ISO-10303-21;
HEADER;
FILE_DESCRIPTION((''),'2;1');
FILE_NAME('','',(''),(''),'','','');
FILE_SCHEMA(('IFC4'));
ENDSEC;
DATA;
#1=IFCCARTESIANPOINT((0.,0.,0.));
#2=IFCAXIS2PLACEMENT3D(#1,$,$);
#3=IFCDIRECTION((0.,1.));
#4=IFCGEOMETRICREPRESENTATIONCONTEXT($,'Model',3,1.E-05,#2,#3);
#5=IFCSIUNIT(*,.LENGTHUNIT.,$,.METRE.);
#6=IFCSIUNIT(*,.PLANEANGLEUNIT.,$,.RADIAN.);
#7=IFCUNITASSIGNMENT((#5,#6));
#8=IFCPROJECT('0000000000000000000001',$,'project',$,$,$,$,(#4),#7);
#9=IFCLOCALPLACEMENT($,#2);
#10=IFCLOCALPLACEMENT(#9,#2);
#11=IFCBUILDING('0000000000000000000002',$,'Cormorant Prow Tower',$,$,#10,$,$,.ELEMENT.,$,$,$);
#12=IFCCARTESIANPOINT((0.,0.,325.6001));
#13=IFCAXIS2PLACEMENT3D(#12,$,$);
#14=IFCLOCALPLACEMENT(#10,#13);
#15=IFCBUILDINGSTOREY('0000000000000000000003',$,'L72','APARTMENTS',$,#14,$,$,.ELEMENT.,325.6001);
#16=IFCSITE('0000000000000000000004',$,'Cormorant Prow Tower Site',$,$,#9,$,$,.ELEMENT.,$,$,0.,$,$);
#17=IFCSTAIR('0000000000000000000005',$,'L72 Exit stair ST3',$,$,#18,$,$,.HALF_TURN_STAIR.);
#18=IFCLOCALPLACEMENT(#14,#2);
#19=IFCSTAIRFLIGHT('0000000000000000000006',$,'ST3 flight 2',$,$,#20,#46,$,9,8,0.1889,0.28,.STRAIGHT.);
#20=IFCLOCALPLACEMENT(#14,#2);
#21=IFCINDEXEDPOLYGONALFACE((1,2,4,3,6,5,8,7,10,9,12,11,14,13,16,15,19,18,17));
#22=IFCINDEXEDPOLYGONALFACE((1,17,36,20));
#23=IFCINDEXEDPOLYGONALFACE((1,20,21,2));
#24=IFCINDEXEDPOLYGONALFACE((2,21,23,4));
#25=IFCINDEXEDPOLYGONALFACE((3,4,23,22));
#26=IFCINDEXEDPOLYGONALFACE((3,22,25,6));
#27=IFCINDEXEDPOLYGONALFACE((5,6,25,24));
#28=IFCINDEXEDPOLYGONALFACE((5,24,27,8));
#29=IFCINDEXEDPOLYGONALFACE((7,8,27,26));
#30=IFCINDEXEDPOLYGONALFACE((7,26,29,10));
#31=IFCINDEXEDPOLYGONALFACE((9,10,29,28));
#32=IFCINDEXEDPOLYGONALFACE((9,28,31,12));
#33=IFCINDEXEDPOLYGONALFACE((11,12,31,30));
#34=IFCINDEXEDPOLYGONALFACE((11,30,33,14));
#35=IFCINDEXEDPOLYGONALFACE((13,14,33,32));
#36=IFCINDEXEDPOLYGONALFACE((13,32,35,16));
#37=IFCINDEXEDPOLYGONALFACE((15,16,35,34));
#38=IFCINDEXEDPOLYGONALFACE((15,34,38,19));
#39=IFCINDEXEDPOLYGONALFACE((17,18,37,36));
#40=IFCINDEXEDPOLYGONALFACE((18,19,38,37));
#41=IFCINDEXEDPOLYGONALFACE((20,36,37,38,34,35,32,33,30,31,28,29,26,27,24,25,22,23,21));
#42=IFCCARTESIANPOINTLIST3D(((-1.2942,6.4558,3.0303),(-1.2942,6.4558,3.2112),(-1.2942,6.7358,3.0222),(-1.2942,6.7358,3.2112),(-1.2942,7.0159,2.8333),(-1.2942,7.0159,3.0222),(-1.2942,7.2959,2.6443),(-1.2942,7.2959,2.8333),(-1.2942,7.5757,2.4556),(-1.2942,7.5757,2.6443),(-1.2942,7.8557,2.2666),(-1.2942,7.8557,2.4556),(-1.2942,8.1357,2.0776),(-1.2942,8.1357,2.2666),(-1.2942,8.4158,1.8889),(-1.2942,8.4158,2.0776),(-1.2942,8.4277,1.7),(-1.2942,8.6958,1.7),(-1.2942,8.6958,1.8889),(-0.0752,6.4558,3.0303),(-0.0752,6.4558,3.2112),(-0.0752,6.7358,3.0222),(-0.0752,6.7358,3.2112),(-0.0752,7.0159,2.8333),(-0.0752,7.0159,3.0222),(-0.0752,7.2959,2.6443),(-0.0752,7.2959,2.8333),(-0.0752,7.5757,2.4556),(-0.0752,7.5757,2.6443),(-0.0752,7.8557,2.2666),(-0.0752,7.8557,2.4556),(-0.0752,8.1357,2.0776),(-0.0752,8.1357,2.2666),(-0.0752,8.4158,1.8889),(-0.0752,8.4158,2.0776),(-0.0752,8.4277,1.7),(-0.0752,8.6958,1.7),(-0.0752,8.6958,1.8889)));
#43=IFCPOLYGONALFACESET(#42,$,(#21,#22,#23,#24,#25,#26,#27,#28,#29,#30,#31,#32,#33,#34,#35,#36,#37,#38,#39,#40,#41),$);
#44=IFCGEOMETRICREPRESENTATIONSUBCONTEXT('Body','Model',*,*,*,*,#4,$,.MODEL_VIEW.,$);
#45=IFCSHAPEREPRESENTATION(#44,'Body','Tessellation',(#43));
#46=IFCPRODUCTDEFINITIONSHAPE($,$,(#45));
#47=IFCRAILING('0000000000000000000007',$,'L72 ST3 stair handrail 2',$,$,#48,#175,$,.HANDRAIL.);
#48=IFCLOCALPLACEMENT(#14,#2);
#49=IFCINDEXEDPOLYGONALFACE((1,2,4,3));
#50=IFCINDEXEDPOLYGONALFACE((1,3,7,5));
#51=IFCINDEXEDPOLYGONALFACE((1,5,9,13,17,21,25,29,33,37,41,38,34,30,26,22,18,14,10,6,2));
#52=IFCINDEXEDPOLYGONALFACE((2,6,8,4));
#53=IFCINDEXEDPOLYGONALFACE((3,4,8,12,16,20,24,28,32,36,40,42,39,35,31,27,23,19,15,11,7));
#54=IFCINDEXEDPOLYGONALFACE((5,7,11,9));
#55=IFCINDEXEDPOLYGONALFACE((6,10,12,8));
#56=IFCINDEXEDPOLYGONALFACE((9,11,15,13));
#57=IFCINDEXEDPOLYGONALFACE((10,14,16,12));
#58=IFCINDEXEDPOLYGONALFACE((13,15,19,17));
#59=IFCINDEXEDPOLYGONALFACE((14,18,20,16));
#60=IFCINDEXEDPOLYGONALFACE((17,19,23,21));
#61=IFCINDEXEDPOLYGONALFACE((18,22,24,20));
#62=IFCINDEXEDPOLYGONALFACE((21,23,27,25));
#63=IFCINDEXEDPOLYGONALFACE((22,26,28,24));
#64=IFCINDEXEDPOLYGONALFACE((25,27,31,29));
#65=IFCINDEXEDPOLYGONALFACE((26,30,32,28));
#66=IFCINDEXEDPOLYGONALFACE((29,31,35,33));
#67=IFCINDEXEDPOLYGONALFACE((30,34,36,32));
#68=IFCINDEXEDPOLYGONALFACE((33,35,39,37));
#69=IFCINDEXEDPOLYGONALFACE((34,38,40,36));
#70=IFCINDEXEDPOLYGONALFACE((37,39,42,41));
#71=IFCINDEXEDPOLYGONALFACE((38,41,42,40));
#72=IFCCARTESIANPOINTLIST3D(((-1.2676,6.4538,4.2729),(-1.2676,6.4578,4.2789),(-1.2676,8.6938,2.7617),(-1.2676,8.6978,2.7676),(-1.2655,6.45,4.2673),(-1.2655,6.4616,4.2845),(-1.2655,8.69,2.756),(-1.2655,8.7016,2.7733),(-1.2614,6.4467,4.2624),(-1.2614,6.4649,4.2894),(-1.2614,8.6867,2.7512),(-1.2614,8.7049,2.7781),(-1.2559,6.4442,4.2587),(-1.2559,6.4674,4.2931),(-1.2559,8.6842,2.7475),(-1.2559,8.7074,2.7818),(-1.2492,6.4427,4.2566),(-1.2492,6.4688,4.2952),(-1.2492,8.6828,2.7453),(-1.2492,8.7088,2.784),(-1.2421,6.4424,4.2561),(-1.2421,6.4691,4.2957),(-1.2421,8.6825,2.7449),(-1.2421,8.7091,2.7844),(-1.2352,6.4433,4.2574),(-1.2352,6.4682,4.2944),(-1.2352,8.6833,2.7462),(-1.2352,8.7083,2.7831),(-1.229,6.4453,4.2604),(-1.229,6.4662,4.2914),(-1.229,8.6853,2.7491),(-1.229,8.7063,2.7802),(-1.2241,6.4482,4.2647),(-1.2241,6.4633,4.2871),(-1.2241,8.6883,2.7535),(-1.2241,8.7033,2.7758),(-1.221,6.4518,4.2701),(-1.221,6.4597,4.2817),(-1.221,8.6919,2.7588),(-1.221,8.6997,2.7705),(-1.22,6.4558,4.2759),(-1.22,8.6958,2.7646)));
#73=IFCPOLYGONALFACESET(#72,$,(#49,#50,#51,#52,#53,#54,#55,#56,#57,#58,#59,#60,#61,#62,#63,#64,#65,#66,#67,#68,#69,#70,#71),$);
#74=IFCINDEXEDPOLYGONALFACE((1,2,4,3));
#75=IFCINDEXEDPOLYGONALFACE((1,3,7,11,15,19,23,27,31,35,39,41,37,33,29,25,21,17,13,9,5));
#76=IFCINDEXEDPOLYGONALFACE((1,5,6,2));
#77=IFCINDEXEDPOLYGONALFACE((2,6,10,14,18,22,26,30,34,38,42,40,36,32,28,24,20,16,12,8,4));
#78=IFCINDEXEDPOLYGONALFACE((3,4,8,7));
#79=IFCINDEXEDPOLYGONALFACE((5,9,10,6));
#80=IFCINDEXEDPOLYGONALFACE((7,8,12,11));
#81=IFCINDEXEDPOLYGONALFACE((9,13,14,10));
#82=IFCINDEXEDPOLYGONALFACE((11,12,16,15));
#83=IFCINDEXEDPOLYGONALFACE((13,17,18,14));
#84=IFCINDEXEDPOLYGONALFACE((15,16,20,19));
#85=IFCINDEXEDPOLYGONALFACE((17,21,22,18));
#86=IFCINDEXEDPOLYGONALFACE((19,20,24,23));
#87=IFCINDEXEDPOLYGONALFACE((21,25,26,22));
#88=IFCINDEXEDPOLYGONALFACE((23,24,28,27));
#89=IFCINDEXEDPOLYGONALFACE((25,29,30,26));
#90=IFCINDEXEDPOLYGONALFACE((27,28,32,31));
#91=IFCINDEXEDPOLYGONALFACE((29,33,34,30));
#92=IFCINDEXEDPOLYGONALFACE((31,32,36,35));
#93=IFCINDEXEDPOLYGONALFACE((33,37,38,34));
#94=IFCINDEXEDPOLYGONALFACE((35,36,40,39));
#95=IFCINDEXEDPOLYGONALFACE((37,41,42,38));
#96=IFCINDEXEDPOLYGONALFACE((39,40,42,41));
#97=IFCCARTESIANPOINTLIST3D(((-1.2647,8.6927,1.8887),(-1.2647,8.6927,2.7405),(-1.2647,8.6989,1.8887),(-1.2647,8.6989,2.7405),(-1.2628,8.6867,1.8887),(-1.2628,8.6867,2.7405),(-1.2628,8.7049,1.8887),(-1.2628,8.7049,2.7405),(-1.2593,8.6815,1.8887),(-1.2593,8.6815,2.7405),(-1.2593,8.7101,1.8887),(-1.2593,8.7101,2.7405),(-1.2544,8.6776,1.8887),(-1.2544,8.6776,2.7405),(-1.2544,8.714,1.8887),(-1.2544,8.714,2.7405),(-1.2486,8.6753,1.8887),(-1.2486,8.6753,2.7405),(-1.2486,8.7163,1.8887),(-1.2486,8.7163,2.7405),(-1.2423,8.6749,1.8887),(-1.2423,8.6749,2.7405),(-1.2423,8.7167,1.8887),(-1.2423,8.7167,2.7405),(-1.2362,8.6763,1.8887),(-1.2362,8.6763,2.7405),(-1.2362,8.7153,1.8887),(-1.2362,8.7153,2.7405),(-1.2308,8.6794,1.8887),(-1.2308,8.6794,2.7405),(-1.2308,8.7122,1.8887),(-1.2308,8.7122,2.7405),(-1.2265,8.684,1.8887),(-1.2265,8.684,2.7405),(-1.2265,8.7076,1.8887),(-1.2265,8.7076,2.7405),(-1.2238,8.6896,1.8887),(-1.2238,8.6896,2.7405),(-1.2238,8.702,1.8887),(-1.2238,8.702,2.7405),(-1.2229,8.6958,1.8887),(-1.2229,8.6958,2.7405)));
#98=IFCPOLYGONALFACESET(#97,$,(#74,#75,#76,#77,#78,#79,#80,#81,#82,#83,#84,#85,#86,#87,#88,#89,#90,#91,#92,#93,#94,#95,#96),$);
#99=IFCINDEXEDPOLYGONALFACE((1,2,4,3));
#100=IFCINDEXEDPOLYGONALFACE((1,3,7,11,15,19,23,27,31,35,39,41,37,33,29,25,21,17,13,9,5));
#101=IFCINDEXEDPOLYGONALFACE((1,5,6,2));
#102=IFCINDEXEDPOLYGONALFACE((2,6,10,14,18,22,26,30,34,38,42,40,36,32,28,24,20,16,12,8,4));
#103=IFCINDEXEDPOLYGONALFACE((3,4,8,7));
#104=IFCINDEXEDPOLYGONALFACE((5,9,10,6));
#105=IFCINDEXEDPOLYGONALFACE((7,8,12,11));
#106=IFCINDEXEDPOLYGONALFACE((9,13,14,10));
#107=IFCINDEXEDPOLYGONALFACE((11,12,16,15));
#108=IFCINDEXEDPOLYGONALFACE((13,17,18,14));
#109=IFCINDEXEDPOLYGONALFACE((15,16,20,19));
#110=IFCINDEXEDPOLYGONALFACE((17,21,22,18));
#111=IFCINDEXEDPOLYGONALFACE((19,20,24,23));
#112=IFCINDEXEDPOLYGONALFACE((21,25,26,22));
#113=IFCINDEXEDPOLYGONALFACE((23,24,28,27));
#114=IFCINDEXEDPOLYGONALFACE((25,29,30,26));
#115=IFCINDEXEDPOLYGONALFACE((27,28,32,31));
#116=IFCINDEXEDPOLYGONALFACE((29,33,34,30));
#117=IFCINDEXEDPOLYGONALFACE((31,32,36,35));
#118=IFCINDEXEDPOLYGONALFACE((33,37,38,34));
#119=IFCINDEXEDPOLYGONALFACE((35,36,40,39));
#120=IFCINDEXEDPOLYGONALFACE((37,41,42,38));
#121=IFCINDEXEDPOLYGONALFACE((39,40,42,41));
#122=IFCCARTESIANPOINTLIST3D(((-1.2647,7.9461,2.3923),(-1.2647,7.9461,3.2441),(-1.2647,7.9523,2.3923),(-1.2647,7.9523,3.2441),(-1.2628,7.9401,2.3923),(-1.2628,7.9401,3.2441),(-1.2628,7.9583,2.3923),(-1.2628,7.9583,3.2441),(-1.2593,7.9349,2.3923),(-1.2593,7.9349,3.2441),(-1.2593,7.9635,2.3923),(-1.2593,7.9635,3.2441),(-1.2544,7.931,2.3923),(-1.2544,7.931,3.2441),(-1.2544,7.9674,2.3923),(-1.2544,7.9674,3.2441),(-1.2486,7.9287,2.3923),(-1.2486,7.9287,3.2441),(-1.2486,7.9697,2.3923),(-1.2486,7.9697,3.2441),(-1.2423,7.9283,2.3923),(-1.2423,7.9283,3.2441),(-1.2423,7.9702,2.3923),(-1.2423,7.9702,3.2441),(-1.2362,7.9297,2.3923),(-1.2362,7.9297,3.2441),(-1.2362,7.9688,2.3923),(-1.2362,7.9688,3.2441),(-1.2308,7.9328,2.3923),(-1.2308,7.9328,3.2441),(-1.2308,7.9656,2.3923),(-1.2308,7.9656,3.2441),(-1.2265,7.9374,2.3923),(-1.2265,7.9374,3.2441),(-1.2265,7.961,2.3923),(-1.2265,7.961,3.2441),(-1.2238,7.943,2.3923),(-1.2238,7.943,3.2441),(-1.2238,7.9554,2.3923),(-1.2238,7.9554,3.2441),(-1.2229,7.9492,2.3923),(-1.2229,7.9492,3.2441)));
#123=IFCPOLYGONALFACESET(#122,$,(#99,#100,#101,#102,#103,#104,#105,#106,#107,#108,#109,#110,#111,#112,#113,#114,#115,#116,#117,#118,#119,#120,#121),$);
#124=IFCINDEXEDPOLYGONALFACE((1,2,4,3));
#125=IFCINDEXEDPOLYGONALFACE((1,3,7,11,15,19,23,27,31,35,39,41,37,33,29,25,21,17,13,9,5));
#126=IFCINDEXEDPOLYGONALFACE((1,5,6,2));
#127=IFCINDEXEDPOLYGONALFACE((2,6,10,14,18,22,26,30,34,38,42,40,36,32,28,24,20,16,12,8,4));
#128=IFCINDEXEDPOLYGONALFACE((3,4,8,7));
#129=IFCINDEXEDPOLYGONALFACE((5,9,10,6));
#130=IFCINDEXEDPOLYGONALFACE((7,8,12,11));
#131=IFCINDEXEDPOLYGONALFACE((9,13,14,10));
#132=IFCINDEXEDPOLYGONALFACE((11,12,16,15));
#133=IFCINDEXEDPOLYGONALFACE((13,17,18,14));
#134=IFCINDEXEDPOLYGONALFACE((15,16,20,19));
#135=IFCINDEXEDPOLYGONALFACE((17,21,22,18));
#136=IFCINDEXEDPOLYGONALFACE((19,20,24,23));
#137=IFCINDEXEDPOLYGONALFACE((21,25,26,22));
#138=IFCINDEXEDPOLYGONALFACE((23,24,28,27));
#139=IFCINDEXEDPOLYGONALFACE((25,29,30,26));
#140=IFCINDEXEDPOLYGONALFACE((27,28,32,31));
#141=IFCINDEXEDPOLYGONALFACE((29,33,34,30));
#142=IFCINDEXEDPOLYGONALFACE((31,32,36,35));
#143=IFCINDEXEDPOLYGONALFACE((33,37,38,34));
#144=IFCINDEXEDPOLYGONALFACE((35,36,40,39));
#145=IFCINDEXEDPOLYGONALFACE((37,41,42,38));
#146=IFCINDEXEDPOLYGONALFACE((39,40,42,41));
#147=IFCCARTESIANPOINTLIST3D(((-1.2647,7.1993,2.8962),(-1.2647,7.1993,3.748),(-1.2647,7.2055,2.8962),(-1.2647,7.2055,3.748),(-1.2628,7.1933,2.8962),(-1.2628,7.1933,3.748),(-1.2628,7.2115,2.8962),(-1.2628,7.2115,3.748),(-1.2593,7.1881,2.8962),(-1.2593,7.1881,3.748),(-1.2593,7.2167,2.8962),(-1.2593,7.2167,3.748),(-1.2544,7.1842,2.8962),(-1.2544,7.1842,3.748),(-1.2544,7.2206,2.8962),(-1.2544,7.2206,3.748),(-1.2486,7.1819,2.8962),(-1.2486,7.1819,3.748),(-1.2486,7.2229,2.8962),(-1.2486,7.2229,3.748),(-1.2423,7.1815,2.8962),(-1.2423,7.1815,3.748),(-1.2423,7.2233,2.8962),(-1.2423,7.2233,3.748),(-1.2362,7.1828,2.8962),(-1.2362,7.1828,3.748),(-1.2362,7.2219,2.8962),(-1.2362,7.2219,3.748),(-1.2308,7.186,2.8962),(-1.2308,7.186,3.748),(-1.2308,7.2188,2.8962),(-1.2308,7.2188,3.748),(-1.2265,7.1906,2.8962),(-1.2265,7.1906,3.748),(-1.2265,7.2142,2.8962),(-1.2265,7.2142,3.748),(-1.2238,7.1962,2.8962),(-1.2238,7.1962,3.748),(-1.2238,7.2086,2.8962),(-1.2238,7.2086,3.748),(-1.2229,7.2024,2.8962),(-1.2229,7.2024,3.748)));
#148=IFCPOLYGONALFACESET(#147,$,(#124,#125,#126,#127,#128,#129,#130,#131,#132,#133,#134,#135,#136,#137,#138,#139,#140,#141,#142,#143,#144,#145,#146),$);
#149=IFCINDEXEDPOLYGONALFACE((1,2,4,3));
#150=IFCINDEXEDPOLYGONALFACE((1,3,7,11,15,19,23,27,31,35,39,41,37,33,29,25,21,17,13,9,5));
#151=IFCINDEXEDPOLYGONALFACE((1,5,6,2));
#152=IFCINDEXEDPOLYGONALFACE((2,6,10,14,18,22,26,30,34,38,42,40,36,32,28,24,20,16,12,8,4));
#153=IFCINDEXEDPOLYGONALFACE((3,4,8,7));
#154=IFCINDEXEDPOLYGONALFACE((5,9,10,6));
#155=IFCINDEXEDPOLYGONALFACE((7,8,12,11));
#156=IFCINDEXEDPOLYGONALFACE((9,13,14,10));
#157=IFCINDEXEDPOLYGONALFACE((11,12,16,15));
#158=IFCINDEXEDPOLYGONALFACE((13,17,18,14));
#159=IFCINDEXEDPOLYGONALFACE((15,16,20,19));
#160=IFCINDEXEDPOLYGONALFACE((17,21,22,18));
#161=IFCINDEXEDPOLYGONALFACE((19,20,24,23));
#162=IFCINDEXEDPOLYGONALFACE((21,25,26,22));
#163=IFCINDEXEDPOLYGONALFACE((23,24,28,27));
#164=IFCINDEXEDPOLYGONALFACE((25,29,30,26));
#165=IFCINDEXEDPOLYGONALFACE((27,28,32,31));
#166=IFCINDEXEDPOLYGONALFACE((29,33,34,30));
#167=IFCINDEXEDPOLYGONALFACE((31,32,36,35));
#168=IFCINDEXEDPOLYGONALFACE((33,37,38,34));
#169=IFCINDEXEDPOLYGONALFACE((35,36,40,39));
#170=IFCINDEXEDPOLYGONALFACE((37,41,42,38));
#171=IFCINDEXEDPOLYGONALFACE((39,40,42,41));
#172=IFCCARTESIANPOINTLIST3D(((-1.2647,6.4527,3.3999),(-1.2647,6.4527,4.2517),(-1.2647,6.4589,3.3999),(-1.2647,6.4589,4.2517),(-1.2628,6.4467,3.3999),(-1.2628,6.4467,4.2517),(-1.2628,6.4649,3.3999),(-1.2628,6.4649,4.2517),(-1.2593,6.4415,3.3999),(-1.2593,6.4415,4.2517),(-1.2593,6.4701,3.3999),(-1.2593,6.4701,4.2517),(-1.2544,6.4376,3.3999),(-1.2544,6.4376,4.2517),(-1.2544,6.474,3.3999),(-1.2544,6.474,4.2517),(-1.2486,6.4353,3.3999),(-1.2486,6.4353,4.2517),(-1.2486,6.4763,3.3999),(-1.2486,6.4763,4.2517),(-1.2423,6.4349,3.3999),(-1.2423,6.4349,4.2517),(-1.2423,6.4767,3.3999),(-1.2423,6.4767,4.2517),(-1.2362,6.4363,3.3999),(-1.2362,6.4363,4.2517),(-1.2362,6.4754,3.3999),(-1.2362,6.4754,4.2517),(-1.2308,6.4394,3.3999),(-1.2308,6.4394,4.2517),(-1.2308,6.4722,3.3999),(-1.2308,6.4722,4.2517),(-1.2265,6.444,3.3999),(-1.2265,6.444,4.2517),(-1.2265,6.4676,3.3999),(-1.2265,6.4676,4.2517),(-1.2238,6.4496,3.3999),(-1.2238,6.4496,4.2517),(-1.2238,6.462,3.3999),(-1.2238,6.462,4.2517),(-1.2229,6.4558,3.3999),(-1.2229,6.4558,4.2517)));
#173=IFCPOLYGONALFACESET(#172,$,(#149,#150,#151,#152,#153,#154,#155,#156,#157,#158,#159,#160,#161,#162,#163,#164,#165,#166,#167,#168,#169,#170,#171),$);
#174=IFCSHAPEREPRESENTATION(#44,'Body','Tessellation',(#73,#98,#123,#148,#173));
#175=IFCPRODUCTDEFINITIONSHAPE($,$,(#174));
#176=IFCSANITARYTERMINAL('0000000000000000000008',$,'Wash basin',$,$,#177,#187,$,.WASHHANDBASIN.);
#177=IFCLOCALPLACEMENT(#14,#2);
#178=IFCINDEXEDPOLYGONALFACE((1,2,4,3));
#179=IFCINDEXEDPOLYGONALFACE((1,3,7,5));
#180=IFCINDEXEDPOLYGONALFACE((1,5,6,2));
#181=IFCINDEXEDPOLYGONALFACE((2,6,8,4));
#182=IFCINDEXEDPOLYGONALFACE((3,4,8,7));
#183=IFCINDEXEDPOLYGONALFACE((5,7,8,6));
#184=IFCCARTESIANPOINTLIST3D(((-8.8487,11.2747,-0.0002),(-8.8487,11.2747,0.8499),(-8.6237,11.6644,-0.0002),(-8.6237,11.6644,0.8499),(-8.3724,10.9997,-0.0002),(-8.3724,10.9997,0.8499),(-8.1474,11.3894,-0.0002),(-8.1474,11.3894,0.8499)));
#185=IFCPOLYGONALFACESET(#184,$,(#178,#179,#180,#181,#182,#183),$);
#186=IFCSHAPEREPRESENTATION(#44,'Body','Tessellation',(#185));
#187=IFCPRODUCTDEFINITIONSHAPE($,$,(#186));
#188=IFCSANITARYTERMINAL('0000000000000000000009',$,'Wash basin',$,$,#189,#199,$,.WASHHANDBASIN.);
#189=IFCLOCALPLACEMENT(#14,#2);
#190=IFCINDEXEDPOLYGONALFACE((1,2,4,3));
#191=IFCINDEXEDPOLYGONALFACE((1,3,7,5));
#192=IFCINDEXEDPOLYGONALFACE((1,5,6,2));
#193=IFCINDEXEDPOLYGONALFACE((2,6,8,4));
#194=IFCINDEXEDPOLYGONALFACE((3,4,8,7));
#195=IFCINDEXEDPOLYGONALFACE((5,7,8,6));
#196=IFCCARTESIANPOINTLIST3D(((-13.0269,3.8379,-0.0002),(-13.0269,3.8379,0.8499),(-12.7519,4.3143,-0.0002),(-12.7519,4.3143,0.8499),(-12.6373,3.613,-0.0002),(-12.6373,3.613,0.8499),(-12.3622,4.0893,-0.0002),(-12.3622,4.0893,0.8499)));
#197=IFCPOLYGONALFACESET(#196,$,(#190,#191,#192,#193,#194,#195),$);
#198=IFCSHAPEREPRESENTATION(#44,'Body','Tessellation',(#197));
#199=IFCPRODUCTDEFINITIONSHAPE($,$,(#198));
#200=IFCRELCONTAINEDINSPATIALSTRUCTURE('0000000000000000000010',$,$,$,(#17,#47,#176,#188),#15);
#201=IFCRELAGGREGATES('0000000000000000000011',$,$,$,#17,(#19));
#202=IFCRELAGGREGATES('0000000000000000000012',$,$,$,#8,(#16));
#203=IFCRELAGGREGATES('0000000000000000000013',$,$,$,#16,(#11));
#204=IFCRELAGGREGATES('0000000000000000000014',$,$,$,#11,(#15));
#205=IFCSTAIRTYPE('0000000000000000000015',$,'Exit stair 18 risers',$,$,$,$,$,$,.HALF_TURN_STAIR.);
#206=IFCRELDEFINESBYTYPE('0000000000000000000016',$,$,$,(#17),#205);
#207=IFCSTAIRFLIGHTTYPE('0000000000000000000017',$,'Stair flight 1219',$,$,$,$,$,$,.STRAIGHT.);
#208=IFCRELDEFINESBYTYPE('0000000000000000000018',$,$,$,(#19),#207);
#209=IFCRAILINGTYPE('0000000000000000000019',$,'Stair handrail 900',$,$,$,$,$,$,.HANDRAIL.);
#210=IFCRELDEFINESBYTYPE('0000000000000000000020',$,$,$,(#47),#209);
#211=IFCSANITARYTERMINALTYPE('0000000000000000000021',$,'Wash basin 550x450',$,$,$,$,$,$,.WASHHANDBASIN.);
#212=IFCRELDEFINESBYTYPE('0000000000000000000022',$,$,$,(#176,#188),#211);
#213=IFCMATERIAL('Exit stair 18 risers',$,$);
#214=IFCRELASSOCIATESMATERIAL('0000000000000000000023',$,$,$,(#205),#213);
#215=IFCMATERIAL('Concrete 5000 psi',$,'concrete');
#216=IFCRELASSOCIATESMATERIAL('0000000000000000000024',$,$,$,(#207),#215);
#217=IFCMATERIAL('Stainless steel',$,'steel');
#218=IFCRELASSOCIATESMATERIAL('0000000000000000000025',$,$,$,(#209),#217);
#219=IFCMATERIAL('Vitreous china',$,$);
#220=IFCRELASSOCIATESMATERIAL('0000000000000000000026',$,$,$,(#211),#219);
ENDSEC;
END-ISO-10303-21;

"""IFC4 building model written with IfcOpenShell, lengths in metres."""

from ifc_helpers import new_model, si_unit, direction, frame, origin, origin_2d, place, context, subcontext, project, spatial, polyline, rectangle, circle, outline, extrude, material, type_object, element, aggregate, save


model = new_model("IFC4")

# Units and contexts
model_context = context("Model", 3, precision=1e-05, world=origin(), true_north=direction((0.0, 1.0)))
body_context = subcontext(model_context, "Body", "Model", "MODEL_VIEW")
ifc_project = project(units=[si_unit("LENGTHUNIT", "METRE"), si_unit("PLANEANGLEUNIT", "RADIAN")], contexts=[model_context])

# Site, building, storey
site_placement = place(None, origin())
site = spatial("IfcSite", under=ifc_project, at=site_placement, Name="Cormorant Prow Tower Site", CompositionType="ELEMENT", RefElevation=0.0)
building_placement = place(site_placement, origin())
building = spatial("IfcBuilding", under=site, at=building_placement, Name="Cormorant Prow Tower", CompositionType="ELEMENT")
storey_placement = place(building_placement, frame((0.0, 0.0, 325.6001)))
storey = spatial("IfcBuildingStorey", under=building, at=storey_placement, Name="L72", Description="APARTMENTS", CompositionType="ELEMENT", Elevation=325.6001)

# Stair, stair flight
ifc_material_1 = material(Name="Exit stair 18 risers")
stair_type = type_object("IfcStairType", Name="Exit stair 18 risers", PredefinedType="HALF_TURN_STAIR", material=ifc_material_1)
stair_placement = place(storey_placement, origin())
stair = element("IfcStair", 1, at=stair_placement, inside=storey, type_object=stair_type, Name="L72 Exit stair ST3", PredefinedType="HALF_TURN_STAIR")
ifc_material_2 = material(Name="Concrete 5000 psi", Category="concrete")
stair_flight_type = type_object("IfcStairFlightType", Name="Stair flight 1219", PredefinedType="STRAIGHT", material=ifc_material_2)
stair_flight_placement = place(storey_placement, frame((-0.6846, 8.6958, 1.7), z_axis=(0.0, 0.0, 1.0), x_axis=(0.0, -1.0, 0.0)))
stair_flight = element("IfcStairFlight", 2, at=stair_flight_placement, type_object=stair_flight_type, Name="ST3 flight 2", NumberOfRisers=9, NumberOfTreads=8, PredefinedType="STRAIGHT", RiserHeight=0.1889, TreadLength=0.28, context=body_context, shape_type="SweptSolid", body=[
    extrude(outline(polyline([(0.0, 0.0), (0.0, 0.189), (0.28, 0.189), (0.28, 0.3777), (0.5601, 0.3777), (0.5601, 0.5667), (0.8401, 0.5667), (0.8401, 0.7556), (1.1201, 0.7556), (1.1201, 0.9443), (1.3999, 0.9443), (1.3999, 1.1333), (1.6799, 1.1333), (1.6799, 1.3223), (1.96, 1.3223), (1.96, 1.5112), (2.24, 1.5112), (2.24, 1.7), (2.24, 1.3303), (0.2681, 0.0), (0.0, 0.0)])), frame((0.0, 0.6094, 0.0), z_axis=(0.0, -1.0, 0.0), x_axis=(1.0, 0.0, 0.0)), (0.0, 0.0, 1.0), 1.219),
])
aggregate(stair, [stair_flight])

# Railing
ifc_material_3 = material(Name="Stainless steel", Category="steel")
railing_type = type_object("IfcRailingType", Name="Stair handrail 900", PredefinedType="HANDRAIL", material=ifc_material_3)
railing_placement = place(storey_placement, frame((-1.2439, 8.6958, 1.8887)))
element("IfcRailing", 3, at=railing_placement, inside=storey, type_object=railing_type, Name="L72 ST3 stair handrail 2", PredefinedType="HANDRAIL", context=body_context, shape_type="SweptSolid", body=[
    extrude(circle(Radius=0.0239, at=origin_2d()), frame((0.0, 0.0, 0.876), z_axis=(0.0, -0.82898, 0.559279), x_axis=(1.0, 0.0, 0.0)), (0.0, 0.0, 1.0), 2.7021),
    extrude(circle(Radius=0.021, at=origin_2d()), origin(), (0.0, 0.0, 1.0), 0.8518),
    extrude(circle(Radius=0.021, at=origin_2d()), frame((0.0, -0.7466, 0.5037)), (0.0, 0.0, 1.0), 0.8518),
    extrude(circle(Radius=0.021, at=origin_2d()), frame((0.0, -1.4934, 1.0076)), (0.0, 0.0, 1.0), 0.8518),
    extrude(circle(Radius=0.021, at=origin_2d()), frame((0.0, -2.24, 1.5112)), (0.0, 0.0, 1.0), 0.8518),
])

# Sanitary terminals
ifc_material_4 = material(Name="Vitreous china")
sanitary_terminal_type_1 = type_object("IfcSanitaryTerminalType", Name="Wash basin 550x450", PredefinedType="WASHHANDBASIN", material=ifc_material_4)
for number, where, z_axis, x_axis, name in (
    (4, (-8.498, 11.332, -0.0002), (0.0, 0.0, 1.0), (-0.866025, 0.5, 0.0), "Wash basin"),
    (5, (-12.6946, 3.9636, -0.0002), (0.0, 0.0, 1.0), (-0.5, -0.866025, 0.0), "Wash basin"),
):
    element("IfcSanitaryTerminal", number, at=place(storey_placement, frame(where, z_axis=z_axis, x_axis=x_axis)), inside=storey, type_object=sanitary_terminal_type_1, Name=name, PredefinedType="WASHHANDBASIN", context=body_context, shape_type="SweptSolid", body=[
        extrude(rectangle(XDim=0.55, YDim=0.45, at=origin_2d()), origin(), (0.0, 0.0, 1.0), 0.8501),
    ])

save(model, "model.ifc")
